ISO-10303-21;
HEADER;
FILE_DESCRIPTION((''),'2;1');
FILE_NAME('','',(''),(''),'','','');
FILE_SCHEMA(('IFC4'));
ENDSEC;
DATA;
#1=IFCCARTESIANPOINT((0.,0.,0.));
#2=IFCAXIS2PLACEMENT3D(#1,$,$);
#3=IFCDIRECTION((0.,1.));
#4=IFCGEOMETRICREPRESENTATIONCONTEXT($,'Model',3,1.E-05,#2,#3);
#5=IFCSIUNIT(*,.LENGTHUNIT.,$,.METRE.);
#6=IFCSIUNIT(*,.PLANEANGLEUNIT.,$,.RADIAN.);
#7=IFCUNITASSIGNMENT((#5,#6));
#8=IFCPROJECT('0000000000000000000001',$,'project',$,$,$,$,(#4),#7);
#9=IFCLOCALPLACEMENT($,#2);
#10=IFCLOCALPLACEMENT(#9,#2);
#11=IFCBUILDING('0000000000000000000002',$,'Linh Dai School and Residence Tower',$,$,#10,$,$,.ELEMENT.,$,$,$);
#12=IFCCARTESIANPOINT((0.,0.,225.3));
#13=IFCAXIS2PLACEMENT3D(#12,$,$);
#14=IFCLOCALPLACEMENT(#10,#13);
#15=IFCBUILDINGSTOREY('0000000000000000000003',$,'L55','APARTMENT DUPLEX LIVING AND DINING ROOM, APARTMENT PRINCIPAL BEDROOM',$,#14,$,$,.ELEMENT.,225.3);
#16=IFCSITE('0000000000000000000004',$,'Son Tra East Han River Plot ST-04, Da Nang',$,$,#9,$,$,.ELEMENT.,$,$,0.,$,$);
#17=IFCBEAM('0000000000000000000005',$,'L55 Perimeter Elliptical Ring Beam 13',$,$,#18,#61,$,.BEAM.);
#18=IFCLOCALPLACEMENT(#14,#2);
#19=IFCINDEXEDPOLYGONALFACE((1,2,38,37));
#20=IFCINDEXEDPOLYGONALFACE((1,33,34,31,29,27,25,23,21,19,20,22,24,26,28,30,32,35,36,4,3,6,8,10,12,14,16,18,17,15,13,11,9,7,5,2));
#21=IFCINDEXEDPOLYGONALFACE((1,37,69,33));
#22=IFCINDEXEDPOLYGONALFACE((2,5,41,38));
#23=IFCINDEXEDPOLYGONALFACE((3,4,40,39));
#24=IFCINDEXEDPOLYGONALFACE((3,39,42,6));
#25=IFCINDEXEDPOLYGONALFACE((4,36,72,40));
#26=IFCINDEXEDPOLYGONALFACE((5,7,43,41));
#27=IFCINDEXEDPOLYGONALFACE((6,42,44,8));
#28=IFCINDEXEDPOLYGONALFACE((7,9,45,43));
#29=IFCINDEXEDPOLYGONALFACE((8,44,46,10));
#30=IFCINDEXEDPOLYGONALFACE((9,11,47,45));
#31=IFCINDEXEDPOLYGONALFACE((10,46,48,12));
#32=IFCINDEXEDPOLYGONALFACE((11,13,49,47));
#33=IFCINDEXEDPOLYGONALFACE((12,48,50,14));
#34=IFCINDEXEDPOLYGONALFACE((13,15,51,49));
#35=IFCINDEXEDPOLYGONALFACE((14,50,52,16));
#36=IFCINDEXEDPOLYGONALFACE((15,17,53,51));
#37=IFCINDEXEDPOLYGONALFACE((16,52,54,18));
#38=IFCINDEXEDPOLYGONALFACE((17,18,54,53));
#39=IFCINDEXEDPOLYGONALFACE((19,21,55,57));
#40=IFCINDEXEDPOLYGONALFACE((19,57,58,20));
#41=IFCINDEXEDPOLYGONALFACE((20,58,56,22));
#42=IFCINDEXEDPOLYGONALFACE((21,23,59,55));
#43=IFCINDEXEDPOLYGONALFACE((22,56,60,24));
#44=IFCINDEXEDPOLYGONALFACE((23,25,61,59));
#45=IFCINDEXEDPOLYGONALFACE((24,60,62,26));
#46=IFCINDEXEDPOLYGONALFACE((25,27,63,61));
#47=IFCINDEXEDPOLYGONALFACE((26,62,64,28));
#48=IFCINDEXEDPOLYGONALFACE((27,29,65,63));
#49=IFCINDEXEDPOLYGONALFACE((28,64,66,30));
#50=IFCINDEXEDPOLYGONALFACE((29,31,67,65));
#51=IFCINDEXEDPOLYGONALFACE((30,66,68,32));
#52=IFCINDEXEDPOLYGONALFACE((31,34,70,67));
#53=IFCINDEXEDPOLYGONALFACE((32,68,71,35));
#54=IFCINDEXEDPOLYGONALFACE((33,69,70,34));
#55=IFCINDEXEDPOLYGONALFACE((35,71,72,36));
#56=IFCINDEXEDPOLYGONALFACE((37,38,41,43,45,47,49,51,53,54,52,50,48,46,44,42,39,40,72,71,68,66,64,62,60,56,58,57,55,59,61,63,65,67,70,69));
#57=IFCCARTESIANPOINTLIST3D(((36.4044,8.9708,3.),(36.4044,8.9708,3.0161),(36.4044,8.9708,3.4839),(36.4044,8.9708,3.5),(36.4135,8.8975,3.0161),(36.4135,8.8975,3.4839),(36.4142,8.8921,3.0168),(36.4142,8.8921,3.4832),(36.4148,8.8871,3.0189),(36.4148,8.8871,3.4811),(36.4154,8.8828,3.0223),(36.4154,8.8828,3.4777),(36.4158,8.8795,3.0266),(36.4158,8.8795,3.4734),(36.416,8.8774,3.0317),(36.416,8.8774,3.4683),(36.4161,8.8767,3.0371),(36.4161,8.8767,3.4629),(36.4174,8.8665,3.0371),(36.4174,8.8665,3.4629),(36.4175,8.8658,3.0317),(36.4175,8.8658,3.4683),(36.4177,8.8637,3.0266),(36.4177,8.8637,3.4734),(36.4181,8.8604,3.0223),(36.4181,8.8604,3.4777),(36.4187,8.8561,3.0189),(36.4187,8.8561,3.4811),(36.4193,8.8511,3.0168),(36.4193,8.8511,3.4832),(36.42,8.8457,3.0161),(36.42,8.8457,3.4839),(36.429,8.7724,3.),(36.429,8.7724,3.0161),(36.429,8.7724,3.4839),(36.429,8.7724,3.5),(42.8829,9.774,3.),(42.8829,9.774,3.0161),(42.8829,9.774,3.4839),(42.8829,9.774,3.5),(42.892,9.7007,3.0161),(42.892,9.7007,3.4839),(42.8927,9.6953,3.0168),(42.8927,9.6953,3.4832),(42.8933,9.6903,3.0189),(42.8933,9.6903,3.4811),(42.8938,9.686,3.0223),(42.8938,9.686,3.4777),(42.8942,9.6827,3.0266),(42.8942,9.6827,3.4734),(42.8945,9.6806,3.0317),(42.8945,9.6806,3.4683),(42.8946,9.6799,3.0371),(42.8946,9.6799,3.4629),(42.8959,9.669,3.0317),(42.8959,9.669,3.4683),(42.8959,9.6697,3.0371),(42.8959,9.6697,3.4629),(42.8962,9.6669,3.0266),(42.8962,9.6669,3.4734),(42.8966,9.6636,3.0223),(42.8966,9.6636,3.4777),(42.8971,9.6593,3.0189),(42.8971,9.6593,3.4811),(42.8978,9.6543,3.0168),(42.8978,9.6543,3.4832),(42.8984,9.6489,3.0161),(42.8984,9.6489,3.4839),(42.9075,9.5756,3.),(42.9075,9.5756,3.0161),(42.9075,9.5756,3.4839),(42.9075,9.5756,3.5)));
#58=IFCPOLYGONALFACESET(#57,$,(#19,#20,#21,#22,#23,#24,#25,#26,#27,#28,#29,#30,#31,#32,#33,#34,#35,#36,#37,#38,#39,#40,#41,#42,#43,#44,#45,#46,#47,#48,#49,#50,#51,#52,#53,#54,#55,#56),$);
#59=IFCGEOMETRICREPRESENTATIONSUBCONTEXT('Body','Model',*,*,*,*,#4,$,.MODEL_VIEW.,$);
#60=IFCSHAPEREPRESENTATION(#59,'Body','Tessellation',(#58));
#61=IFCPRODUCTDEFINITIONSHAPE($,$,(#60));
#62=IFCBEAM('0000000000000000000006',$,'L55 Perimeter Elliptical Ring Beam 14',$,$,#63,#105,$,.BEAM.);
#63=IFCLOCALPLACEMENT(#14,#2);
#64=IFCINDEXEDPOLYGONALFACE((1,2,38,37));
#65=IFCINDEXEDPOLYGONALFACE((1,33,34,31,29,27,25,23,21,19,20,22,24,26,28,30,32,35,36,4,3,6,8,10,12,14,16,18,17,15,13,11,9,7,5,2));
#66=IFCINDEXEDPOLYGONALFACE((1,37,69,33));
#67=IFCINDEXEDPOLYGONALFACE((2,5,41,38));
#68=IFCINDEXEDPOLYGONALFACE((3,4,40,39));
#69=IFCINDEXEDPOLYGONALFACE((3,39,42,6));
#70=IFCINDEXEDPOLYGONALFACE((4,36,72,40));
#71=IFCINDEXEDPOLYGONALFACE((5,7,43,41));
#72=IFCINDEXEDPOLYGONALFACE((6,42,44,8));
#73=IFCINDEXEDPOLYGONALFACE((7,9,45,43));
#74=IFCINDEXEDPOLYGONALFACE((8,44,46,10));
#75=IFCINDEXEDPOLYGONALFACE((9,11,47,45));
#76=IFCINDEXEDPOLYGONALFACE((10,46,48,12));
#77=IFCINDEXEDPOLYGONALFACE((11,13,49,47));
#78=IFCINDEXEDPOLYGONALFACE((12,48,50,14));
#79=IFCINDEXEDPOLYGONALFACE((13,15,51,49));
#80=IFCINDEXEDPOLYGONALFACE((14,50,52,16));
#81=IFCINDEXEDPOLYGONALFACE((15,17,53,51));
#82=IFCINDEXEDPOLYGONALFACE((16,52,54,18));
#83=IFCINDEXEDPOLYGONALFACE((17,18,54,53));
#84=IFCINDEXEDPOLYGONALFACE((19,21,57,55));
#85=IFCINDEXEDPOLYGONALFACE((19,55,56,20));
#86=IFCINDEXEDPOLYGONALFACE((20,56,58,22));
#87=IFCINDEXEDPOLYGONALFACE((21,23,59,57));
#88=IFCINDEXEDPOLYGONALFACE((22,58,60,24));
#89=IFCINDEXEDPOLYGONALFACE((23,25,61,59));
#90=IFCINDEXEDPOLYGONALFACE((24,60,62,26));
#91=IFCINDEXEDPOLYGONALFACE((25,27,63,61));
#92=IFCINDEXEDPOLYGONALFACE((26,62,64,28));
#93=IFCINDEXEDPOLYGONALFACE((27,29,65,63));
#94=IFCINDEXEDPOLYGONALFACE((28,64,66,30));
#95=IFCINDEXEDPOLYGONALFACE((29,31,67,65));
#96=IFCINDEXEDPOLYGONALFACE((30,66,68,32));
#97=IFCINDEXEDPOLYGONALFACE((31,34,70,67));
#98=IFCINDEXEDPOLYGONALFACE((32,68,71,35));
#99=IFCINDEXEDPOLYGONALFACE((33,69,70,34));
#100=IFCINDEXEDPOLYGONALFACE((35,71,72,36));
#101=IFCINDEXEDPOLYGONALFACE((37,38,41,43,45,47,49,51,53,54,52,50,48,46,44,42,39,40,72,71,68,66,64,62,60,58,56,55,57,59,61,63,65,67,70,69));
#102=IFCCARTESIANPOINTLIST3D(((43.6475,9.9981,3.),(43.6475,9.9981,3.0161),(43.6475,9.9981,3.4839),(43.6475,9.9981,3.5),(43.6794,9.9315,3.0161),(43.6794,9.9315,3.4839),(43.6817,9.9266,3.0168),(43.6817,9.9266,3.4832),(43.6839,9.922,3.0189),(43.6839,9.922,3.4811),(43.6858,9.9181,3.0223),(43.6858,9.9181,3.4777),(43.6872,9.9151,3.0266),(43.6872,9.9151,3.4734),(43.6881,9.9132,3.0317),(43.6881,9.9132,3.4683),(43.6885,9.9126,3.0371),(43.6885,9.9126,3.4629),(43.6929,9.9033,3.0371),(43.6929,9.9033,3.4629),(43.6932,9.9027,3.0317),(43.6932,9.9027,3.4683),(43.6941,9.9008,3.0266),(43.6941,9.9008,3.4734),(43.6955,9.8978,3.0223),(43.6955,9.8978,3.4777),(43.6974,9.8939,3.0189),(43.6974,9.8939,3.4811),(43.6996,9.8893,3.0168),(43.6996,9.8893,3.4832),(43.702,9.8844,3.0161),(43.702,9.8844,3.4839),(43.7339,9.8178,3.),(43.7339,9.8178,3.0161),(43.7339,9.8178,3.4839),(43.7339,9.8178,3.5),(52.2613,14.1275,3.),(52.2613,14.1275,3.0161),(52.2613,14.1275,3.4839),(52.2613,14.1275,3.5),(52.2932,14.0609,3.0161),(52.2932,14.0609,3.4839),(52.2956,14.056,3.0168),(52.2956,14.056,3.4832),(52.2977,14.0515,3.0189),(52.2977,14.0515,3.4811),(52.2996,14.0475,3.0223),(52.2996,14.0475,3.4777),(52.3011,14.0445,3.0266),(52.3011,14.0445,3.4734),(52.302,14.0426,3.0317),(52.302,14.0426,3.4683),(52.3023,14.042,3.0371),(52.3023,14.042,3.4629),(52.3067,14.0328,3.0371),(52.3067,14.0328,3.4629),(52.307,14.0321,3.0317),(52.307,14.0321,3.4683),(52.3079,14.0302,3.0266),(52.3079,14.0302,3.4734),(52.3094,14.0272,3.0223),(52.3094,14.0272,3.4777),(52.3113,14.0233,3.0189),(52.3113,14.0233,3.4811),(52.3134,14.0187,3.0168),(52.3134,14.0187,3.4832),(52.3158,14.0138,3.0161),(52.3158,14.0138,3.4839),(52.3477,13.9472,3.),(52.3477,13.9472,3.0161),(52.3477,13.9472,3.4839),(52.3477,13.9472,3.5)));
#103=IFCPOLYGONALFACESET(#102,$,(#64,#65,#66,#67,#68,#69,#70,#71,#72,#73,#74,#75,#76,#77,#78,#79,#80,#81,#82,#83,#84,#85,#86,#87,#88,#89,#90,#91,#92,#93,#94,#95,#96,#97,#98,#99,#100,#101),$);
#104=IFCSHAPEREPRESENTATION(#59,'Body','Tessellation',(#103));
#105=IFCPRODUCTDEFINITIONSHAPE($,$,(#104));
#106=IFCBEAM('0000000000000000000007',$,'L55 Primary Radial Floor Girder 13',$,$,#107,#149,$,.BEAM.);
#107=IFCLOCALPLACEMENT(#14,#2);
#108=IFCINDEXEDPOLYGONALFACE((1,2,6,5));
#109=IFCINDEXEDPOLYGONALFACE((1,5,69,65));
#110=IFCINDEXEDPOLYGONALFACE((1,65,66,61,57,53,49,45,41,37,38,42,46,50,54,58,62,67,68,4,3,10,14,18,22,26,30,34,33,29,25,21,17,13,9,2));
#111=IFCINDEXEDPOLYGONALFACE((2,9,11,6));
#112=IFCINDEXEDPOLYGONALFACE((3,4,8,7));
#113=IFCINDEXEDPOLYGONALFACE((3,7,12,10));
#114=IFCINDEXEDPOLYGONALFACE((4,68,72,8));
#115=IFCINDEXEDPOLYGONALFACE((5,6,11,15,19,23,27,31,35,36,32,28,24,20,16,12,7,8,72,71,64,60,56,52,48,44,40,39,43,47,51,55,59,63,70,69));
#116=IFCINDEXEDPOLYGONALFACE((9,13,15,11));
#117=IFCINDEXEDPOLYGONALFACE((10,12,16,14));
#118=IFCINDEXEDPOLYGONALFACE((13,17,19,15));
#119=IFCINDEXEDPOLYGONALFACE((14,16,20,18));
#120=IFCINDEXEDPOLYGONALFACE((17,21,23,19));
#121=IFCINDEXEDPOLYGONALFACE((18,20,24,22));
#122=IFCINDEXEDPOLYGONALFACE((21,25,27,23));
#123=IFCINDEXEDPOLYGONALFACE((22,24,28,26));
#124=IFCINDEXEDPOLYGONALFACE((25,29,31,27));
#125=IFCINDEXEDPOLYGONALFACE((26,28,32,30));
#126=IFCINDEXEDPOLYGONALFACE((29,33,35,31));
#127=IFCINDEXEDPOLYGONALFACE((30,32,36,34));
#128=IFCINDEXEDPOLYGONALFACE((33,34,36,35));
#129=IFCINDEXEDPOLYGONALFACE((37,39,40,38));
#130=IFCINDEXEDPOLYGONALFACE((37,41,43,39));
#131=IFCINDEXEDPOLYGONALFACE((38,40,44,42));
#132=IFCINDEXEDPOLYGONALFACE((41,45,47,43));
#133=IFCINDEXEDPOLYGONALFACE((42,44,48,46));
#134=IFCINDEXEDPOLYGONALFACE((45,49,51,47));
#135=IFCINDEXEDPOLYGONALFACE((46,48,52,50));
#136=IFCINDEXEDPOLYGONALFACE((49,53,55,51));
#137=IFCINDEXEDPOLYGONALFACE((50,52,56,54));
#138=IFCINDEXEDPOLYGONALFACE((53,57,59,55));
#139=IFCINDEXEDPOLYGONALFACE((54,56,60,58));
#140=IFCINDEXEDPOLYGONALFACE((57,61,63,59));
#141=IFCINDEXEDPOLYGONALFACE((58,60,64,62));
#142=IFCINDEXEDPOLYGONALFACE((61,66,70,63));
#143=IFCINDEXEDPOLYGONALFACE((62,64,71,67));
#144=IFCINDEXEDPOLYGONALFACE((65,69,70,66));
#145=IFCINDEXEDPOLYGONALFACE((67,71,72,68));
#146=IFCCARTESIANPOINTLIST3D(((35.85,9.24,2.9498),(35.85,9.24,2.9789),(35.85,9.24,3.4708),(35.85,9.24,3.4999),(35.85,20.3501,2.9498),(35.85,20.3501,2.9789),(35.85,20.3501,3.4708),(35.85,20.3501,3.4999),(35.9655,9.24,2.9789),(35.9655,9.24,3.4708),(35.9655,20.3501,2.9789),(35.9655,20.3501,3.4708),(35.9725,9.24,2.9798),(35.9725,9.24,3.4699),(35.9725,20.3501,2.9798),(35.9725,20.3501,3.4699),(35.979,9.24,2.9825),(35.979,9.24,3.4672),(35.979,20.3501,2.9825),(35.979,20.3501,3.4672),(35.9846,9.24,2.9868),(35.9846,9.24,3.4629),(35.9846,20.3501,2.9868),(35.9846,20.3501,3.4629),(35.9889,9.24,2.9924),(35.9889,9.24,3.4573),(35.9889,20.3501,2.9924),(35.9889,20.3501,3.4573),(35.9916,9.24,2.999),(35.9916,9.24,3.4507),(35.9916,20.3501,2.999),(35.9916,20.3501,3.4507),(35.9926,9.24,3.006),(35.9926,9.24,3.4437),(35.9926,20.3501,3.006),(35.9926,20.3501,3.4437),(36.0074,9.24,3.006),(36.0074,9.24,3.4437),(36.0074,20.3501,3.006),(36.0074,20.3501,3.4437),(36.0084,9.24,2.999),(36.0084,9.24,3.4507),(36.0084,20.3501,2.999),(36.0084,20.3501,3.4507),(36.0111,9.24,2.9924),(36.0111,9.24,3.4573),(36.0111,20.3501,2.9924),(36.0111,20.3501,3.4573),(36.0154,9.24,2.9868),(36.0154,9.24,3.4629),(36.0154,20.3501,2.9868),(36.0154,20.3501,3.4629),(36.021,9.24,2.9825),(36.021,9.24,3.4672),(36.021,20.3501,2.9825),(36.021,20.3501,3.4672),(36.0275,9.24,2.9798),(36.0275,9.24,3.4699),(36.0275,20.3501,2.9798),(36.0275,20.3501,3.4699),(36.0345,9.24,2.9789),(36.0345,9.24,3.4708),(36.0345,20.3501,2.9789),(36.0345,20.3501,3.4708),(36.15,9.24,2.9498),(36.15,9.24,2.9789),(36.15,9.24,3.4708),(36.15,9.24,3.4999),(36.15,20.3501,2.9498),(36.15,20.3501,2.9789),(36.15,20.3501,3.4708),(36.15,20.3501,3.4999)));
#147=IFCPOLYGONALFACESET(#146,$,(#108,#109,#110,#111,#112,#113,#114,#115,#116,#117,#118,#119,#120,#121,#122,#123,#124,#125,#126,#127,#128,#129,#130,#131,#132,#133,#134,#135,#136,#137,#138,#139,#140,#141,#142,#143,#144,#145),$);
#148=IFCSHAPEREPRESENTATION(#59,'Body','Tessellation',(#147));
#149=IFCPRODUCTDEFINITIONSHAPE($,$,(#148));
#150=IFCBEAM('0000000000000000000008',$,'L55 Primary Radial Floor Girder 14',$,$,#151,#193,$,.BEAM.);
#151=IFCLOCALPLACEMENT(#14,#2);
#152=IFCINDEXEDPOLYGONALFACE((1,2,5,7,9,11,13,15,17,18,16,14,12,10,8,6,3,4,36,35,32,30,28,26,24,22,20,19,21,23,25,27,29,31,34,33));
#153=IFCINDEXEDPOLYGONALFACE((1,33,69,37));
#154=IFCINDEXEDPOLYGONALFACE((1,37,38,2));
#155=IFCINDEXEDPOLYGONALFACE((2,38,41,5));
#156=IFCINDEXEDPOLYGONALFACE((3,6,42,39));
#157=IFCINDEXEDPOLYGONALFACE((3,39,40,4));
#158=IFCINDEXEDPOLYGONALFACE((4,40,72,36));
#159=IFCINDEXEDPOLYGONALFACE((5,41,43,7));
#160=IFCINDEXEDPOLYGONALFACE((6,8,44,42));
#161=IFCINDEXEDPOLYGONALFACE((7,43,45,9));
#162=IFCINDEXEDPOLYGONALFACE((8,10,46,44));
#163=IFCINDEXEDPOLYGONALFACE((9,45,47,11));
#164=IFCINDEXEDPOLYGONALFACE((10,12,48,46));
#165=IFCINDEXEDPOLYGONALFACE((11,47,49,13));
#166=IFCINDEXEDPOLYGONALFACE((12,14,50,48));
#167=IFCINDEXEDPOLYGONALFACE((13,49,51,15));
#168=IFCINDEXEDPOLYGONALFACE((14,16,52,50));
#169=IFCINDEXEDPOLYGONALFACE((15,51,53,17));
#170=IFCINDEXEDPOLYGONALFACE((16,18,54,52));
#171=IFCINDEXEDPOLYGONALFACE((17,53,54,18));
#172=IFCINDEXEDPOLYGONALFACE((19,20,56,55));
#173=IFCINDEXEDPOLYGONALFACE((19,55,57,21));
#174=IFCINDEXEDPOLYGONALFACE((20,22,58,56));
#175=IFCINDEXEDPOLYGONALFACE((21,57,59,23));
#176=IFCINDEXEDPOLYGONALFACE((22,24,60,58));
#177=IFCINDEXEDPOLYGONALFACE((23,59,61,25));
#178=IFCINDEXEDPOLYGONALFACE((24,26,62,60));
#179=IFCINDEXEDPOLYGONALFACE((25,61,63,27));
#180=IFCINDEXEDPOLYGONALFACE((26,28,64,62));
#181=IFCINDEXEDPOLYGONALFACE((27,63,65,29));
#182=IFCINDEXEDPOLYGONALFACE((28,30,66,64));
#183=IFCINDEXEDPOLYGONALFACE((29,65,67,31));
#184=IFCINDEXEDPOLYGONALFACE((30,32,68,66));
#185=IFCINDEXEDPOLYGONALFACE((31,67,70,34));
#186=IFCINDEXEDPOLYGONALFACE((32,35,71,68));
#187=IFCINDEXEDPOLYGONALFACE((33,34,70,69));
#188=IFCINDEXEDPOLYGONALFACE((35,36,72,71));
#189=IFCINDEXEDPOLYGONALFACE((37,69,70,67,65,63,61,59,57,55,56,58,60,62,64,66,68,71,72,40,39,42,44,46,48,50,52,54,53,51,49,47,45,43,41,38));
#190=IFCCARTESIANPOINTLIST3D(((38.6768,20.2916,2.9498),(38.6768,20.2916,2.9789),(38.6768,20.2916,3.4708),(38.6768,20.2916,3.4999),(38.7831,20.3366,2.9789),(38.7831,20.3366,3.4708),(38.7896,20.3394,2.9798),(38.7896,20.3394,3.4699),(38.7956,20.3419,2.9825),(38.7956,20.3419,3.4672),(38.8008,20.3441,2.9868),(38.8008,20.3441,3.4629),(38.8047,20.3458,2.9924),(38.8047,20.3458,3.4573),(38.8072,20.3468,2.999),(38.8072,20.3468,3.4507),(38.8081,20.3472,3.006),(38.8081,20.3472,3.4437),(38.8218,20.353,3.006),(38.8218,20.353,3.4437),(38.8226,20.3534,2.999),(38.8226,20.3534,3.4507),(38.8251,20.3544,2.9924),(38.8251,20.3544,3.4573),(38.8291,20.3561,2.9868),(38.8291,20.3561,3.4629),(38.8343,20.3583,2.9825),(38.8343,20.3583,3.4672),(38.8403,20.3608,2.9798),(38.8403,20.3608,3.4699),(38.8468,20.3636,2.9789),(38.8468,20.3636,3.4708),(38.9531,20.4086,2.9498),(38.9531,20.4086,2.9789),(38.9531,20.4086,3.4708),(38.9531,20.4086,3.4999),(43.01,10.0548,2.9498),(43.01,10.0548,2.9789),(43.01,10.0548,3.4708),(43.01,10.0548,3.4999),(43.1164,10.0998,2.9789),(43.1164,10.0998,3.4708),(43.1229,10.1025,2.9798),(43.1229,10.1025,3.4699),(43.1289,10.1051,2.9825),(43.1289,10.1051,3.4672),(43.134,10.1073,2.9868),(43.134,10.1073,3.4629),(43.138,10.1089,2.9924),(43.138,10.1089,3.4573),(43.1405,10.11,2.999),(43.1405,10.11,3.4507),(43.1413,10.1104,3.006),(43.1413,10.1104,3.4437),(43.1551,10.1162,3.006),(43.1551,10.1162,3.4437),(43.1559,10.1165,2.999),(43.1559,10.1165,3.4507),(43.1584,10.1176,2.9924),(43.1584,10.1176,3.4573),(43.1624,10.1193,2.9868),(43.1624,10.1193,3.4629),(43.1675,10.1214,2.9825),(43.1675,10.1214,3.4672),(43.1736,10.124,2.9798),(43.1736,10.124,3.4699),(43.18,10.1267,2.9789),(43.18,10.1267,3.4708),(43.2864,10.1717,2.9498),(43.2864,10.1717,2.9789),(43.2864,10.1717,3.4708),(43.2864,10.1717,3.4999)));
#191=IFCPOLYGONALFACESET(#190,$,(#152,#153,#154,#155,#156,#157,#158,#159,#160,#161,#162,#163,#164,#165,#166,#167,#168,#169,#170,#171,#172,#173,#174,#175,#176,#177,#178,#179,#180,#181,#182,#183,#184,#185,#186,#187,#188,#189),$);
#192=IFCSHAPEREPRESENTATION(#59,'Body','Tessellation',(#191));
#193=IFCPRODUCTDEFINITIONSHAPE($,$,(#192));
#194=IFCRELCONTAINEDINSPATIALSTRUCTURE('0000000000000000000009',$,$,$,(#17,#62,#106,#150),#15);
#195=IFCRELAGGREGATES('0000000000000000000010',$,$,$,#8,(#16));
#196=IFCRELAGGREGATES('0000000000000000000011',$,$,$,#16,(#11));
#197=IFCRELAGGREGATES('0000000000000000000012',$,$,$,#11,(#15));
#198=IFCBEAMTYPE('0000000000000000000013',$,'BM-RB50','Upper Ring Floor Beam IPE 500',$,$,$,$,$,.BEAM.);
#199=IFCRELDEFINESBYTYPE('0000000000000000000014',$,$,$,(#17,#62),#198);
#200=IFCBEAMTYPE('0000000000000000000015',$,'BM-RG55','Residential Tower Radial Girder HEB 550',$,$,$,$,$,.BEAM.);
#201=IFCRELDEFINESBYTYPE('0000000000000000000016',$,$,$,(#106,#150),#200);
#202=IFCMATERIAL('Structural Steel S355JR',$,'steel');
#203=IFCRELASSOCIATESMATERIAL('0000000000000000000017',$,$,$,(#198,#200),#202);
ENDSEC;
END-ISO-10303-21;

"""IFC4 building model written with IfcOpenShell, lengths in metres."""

from ifc_helpers import new_model, si_unit, direction, frame, origin, origin_2d, place, context, subcontext, project, spatial, i_section, extrude, material, material_profile, profile_set, type_object, element, save


model = new_model("IFC4")

# Units and contexts
model_context = context("Model", 3, precision=1e-05, world=origin(), true_north=direction((0.0, 1.0)))
body_context = subcontext(model_context, "Body", "Model", "MODEL_VIEW")
ifc_project = project(units=[si_unit("LENGTHUNIT", "METRE"), si_unit("PLANEANGLEUNIT", "RADIAN")], contexts=[model_context])

# Site, building, storey
site_placement = place(None, origin())
site = spatial("IfcSite", under=ifc_project, at=site_placement, Name="Son Tra East Han River Plot ST-04, Da Nang", CompositionType="ELEMENT", RefElevation=0.0)
building_placement = place(site_placement, origin())
building = spatial("IfcBuilding", under=site, at=building_placement, Name="Linh Dai School and Residence Tower", CompositionType="ELEMENT")
storey_placement = place(building_placement, frame((0.0, 0.0, 225.3)))
storey = spatial("IfcBuildingStorey", under=building, at=storey_placement, Name="L55", Description="APARTMENT DUPLEX LIVING AND DINING ROOM, APARTMENT PRINCIPAL BEDROOM", CompositionType="ELEMENT", Elevation=225.3)

# Shared definitions
ifc_material_1 = material(Name="Structural Steel S355JR", Category="steel")

# Beams
ifc_material_profile_1 = material_profile(ifc_material_1, i_section(OverallWidth=0.2, OverallDepth=0.5, WebThickness=0.0103, FlangeThickness=0.0161, FilletRadius=0.021, at=origin_2d()), Name="IPE 500")
ifc_profile_set_1 = profile_set([ifc_material_profile_1], Name="Structural Steel S355JR")
beam_type_1 = type_object("IfcBeamType", Name="BM-RB50", Description="Upper Ring Floor Beam IPE 500", PredefinedType="BEAM", material=ifc_profile_set_1)
beam_1_placement = place(storey_placement, frame((36.4167, 8.8716, 3.25), z_axis=(0.992402, 0.12304, 0.0), x_axis=(-0.12304, 0.992402, 0.0)))
element("IfcBeam", 1, at=beam_1_placement, inside=storey, type_object=beam_type_1, Name="L55 Perimeter Elliptical Ring Beam 13", PredefinedType="BEAM", context=body_context, shape_type="SweptSolid", body=[
    extrude(i_section(OverallWidth=0.2, OverallDepth=0.5, WebThickness=0.0103, FlangeThickness=0.0161, FilletRadius=0.021, at=origin_2d()), origin(), (0.0, 0.0, 1.0), 6.5281),
])
beam_2_placement = place(storey_placement, frame((43.6907, 9.908, 3.25), z_axis=(0.901736, 0.432287, 0.0), x_axis=(-0.432287, 0.901736, 0.0)))
element("IfcBeam", 2, at=beam_2_placement, inside=storey, type_object=beam_type_1, Name="L55 Perimeter Elliptical Ring Beam 14", PredefinedType="BEAM", context=body_context, shape_type="SweptSolid", body=[
    extrude(i_section(OverallWidth=0.2, OverallDepth=0.5, WebThickness=0.0103, FlangeThickness=0.0161, FilletRadius=0.021, at=origin_2d()), origin(), (0.0, 0.0, 1.0), 9.5525),
])
ifc_material_profile_2 = material_profile(ifc_material_1, i_section(OverallWidth=0.3, OverallDepth=0.55, WebThickness=0.0149, FlangeThickness=0.0291, FilletRadius=0.0271, at=origin_2d()), Name="HEB 550")
ifc_profile_set_2 = profile_set([ifc_material_profile_2], Name="Structural Steel S355JR")
beam_type_2 = type_object("IfcBeamType", Name="BM-RG55", Description="Residential Tower Radial Girder HEB 550", PredefinedType="BEAM", material=ifc_profile_set_2)
beam_3_placement = place(storey_placement, frame((36.0, 20.3501, 3.2249), z_axis=(0.0, -1.0, 0.0), x_axis=(1.0, 0.0, 0.0)))
element("IfcBeam", 3, at=beam_3_placement, inside=storey, type_object=beam_type_2, Name="L55 Primary Radial Floor Girder 13", PredefinedType="BEAM", context=body_context, shape_type="SweptSolid", body=[
    extrude(i_section(OverallWidth=0.3, OverallDepth=0.55, WebThickness=0.0149, FlangeThickness=0.0291, FilletRadius=0.0271, at=origin_2d()), origin(), (0.0, 0.0, 1.0), 11.1101),
])
beam_4_placement = place(storey_placement, frame((38.8149, 20.3501, 3.2249), z_axis=(0.389815, -0.920893, 0.0), x_axis=(0.920893, 0.389815, 0.0)))
element("IfcBeam", 4, at=beam_4_placement, inside=storey, type_object=beam_type_2, Name="L55 Primary Radial Floor Girder 14", PredefinedType="BEAM", context=body_context, shape_type="SweptSolid", body=[
    extrude(i_section(OverallWidth=0.3, OverallDepth=0.55, WebThickness=0.0149, FlangeThickness=0.0291, FilletRadius=0.0271, at=origin_2d()), origin(), (0.0, 0.0, 1.0), 11.1162),
])

save(model, "model.ifc")
